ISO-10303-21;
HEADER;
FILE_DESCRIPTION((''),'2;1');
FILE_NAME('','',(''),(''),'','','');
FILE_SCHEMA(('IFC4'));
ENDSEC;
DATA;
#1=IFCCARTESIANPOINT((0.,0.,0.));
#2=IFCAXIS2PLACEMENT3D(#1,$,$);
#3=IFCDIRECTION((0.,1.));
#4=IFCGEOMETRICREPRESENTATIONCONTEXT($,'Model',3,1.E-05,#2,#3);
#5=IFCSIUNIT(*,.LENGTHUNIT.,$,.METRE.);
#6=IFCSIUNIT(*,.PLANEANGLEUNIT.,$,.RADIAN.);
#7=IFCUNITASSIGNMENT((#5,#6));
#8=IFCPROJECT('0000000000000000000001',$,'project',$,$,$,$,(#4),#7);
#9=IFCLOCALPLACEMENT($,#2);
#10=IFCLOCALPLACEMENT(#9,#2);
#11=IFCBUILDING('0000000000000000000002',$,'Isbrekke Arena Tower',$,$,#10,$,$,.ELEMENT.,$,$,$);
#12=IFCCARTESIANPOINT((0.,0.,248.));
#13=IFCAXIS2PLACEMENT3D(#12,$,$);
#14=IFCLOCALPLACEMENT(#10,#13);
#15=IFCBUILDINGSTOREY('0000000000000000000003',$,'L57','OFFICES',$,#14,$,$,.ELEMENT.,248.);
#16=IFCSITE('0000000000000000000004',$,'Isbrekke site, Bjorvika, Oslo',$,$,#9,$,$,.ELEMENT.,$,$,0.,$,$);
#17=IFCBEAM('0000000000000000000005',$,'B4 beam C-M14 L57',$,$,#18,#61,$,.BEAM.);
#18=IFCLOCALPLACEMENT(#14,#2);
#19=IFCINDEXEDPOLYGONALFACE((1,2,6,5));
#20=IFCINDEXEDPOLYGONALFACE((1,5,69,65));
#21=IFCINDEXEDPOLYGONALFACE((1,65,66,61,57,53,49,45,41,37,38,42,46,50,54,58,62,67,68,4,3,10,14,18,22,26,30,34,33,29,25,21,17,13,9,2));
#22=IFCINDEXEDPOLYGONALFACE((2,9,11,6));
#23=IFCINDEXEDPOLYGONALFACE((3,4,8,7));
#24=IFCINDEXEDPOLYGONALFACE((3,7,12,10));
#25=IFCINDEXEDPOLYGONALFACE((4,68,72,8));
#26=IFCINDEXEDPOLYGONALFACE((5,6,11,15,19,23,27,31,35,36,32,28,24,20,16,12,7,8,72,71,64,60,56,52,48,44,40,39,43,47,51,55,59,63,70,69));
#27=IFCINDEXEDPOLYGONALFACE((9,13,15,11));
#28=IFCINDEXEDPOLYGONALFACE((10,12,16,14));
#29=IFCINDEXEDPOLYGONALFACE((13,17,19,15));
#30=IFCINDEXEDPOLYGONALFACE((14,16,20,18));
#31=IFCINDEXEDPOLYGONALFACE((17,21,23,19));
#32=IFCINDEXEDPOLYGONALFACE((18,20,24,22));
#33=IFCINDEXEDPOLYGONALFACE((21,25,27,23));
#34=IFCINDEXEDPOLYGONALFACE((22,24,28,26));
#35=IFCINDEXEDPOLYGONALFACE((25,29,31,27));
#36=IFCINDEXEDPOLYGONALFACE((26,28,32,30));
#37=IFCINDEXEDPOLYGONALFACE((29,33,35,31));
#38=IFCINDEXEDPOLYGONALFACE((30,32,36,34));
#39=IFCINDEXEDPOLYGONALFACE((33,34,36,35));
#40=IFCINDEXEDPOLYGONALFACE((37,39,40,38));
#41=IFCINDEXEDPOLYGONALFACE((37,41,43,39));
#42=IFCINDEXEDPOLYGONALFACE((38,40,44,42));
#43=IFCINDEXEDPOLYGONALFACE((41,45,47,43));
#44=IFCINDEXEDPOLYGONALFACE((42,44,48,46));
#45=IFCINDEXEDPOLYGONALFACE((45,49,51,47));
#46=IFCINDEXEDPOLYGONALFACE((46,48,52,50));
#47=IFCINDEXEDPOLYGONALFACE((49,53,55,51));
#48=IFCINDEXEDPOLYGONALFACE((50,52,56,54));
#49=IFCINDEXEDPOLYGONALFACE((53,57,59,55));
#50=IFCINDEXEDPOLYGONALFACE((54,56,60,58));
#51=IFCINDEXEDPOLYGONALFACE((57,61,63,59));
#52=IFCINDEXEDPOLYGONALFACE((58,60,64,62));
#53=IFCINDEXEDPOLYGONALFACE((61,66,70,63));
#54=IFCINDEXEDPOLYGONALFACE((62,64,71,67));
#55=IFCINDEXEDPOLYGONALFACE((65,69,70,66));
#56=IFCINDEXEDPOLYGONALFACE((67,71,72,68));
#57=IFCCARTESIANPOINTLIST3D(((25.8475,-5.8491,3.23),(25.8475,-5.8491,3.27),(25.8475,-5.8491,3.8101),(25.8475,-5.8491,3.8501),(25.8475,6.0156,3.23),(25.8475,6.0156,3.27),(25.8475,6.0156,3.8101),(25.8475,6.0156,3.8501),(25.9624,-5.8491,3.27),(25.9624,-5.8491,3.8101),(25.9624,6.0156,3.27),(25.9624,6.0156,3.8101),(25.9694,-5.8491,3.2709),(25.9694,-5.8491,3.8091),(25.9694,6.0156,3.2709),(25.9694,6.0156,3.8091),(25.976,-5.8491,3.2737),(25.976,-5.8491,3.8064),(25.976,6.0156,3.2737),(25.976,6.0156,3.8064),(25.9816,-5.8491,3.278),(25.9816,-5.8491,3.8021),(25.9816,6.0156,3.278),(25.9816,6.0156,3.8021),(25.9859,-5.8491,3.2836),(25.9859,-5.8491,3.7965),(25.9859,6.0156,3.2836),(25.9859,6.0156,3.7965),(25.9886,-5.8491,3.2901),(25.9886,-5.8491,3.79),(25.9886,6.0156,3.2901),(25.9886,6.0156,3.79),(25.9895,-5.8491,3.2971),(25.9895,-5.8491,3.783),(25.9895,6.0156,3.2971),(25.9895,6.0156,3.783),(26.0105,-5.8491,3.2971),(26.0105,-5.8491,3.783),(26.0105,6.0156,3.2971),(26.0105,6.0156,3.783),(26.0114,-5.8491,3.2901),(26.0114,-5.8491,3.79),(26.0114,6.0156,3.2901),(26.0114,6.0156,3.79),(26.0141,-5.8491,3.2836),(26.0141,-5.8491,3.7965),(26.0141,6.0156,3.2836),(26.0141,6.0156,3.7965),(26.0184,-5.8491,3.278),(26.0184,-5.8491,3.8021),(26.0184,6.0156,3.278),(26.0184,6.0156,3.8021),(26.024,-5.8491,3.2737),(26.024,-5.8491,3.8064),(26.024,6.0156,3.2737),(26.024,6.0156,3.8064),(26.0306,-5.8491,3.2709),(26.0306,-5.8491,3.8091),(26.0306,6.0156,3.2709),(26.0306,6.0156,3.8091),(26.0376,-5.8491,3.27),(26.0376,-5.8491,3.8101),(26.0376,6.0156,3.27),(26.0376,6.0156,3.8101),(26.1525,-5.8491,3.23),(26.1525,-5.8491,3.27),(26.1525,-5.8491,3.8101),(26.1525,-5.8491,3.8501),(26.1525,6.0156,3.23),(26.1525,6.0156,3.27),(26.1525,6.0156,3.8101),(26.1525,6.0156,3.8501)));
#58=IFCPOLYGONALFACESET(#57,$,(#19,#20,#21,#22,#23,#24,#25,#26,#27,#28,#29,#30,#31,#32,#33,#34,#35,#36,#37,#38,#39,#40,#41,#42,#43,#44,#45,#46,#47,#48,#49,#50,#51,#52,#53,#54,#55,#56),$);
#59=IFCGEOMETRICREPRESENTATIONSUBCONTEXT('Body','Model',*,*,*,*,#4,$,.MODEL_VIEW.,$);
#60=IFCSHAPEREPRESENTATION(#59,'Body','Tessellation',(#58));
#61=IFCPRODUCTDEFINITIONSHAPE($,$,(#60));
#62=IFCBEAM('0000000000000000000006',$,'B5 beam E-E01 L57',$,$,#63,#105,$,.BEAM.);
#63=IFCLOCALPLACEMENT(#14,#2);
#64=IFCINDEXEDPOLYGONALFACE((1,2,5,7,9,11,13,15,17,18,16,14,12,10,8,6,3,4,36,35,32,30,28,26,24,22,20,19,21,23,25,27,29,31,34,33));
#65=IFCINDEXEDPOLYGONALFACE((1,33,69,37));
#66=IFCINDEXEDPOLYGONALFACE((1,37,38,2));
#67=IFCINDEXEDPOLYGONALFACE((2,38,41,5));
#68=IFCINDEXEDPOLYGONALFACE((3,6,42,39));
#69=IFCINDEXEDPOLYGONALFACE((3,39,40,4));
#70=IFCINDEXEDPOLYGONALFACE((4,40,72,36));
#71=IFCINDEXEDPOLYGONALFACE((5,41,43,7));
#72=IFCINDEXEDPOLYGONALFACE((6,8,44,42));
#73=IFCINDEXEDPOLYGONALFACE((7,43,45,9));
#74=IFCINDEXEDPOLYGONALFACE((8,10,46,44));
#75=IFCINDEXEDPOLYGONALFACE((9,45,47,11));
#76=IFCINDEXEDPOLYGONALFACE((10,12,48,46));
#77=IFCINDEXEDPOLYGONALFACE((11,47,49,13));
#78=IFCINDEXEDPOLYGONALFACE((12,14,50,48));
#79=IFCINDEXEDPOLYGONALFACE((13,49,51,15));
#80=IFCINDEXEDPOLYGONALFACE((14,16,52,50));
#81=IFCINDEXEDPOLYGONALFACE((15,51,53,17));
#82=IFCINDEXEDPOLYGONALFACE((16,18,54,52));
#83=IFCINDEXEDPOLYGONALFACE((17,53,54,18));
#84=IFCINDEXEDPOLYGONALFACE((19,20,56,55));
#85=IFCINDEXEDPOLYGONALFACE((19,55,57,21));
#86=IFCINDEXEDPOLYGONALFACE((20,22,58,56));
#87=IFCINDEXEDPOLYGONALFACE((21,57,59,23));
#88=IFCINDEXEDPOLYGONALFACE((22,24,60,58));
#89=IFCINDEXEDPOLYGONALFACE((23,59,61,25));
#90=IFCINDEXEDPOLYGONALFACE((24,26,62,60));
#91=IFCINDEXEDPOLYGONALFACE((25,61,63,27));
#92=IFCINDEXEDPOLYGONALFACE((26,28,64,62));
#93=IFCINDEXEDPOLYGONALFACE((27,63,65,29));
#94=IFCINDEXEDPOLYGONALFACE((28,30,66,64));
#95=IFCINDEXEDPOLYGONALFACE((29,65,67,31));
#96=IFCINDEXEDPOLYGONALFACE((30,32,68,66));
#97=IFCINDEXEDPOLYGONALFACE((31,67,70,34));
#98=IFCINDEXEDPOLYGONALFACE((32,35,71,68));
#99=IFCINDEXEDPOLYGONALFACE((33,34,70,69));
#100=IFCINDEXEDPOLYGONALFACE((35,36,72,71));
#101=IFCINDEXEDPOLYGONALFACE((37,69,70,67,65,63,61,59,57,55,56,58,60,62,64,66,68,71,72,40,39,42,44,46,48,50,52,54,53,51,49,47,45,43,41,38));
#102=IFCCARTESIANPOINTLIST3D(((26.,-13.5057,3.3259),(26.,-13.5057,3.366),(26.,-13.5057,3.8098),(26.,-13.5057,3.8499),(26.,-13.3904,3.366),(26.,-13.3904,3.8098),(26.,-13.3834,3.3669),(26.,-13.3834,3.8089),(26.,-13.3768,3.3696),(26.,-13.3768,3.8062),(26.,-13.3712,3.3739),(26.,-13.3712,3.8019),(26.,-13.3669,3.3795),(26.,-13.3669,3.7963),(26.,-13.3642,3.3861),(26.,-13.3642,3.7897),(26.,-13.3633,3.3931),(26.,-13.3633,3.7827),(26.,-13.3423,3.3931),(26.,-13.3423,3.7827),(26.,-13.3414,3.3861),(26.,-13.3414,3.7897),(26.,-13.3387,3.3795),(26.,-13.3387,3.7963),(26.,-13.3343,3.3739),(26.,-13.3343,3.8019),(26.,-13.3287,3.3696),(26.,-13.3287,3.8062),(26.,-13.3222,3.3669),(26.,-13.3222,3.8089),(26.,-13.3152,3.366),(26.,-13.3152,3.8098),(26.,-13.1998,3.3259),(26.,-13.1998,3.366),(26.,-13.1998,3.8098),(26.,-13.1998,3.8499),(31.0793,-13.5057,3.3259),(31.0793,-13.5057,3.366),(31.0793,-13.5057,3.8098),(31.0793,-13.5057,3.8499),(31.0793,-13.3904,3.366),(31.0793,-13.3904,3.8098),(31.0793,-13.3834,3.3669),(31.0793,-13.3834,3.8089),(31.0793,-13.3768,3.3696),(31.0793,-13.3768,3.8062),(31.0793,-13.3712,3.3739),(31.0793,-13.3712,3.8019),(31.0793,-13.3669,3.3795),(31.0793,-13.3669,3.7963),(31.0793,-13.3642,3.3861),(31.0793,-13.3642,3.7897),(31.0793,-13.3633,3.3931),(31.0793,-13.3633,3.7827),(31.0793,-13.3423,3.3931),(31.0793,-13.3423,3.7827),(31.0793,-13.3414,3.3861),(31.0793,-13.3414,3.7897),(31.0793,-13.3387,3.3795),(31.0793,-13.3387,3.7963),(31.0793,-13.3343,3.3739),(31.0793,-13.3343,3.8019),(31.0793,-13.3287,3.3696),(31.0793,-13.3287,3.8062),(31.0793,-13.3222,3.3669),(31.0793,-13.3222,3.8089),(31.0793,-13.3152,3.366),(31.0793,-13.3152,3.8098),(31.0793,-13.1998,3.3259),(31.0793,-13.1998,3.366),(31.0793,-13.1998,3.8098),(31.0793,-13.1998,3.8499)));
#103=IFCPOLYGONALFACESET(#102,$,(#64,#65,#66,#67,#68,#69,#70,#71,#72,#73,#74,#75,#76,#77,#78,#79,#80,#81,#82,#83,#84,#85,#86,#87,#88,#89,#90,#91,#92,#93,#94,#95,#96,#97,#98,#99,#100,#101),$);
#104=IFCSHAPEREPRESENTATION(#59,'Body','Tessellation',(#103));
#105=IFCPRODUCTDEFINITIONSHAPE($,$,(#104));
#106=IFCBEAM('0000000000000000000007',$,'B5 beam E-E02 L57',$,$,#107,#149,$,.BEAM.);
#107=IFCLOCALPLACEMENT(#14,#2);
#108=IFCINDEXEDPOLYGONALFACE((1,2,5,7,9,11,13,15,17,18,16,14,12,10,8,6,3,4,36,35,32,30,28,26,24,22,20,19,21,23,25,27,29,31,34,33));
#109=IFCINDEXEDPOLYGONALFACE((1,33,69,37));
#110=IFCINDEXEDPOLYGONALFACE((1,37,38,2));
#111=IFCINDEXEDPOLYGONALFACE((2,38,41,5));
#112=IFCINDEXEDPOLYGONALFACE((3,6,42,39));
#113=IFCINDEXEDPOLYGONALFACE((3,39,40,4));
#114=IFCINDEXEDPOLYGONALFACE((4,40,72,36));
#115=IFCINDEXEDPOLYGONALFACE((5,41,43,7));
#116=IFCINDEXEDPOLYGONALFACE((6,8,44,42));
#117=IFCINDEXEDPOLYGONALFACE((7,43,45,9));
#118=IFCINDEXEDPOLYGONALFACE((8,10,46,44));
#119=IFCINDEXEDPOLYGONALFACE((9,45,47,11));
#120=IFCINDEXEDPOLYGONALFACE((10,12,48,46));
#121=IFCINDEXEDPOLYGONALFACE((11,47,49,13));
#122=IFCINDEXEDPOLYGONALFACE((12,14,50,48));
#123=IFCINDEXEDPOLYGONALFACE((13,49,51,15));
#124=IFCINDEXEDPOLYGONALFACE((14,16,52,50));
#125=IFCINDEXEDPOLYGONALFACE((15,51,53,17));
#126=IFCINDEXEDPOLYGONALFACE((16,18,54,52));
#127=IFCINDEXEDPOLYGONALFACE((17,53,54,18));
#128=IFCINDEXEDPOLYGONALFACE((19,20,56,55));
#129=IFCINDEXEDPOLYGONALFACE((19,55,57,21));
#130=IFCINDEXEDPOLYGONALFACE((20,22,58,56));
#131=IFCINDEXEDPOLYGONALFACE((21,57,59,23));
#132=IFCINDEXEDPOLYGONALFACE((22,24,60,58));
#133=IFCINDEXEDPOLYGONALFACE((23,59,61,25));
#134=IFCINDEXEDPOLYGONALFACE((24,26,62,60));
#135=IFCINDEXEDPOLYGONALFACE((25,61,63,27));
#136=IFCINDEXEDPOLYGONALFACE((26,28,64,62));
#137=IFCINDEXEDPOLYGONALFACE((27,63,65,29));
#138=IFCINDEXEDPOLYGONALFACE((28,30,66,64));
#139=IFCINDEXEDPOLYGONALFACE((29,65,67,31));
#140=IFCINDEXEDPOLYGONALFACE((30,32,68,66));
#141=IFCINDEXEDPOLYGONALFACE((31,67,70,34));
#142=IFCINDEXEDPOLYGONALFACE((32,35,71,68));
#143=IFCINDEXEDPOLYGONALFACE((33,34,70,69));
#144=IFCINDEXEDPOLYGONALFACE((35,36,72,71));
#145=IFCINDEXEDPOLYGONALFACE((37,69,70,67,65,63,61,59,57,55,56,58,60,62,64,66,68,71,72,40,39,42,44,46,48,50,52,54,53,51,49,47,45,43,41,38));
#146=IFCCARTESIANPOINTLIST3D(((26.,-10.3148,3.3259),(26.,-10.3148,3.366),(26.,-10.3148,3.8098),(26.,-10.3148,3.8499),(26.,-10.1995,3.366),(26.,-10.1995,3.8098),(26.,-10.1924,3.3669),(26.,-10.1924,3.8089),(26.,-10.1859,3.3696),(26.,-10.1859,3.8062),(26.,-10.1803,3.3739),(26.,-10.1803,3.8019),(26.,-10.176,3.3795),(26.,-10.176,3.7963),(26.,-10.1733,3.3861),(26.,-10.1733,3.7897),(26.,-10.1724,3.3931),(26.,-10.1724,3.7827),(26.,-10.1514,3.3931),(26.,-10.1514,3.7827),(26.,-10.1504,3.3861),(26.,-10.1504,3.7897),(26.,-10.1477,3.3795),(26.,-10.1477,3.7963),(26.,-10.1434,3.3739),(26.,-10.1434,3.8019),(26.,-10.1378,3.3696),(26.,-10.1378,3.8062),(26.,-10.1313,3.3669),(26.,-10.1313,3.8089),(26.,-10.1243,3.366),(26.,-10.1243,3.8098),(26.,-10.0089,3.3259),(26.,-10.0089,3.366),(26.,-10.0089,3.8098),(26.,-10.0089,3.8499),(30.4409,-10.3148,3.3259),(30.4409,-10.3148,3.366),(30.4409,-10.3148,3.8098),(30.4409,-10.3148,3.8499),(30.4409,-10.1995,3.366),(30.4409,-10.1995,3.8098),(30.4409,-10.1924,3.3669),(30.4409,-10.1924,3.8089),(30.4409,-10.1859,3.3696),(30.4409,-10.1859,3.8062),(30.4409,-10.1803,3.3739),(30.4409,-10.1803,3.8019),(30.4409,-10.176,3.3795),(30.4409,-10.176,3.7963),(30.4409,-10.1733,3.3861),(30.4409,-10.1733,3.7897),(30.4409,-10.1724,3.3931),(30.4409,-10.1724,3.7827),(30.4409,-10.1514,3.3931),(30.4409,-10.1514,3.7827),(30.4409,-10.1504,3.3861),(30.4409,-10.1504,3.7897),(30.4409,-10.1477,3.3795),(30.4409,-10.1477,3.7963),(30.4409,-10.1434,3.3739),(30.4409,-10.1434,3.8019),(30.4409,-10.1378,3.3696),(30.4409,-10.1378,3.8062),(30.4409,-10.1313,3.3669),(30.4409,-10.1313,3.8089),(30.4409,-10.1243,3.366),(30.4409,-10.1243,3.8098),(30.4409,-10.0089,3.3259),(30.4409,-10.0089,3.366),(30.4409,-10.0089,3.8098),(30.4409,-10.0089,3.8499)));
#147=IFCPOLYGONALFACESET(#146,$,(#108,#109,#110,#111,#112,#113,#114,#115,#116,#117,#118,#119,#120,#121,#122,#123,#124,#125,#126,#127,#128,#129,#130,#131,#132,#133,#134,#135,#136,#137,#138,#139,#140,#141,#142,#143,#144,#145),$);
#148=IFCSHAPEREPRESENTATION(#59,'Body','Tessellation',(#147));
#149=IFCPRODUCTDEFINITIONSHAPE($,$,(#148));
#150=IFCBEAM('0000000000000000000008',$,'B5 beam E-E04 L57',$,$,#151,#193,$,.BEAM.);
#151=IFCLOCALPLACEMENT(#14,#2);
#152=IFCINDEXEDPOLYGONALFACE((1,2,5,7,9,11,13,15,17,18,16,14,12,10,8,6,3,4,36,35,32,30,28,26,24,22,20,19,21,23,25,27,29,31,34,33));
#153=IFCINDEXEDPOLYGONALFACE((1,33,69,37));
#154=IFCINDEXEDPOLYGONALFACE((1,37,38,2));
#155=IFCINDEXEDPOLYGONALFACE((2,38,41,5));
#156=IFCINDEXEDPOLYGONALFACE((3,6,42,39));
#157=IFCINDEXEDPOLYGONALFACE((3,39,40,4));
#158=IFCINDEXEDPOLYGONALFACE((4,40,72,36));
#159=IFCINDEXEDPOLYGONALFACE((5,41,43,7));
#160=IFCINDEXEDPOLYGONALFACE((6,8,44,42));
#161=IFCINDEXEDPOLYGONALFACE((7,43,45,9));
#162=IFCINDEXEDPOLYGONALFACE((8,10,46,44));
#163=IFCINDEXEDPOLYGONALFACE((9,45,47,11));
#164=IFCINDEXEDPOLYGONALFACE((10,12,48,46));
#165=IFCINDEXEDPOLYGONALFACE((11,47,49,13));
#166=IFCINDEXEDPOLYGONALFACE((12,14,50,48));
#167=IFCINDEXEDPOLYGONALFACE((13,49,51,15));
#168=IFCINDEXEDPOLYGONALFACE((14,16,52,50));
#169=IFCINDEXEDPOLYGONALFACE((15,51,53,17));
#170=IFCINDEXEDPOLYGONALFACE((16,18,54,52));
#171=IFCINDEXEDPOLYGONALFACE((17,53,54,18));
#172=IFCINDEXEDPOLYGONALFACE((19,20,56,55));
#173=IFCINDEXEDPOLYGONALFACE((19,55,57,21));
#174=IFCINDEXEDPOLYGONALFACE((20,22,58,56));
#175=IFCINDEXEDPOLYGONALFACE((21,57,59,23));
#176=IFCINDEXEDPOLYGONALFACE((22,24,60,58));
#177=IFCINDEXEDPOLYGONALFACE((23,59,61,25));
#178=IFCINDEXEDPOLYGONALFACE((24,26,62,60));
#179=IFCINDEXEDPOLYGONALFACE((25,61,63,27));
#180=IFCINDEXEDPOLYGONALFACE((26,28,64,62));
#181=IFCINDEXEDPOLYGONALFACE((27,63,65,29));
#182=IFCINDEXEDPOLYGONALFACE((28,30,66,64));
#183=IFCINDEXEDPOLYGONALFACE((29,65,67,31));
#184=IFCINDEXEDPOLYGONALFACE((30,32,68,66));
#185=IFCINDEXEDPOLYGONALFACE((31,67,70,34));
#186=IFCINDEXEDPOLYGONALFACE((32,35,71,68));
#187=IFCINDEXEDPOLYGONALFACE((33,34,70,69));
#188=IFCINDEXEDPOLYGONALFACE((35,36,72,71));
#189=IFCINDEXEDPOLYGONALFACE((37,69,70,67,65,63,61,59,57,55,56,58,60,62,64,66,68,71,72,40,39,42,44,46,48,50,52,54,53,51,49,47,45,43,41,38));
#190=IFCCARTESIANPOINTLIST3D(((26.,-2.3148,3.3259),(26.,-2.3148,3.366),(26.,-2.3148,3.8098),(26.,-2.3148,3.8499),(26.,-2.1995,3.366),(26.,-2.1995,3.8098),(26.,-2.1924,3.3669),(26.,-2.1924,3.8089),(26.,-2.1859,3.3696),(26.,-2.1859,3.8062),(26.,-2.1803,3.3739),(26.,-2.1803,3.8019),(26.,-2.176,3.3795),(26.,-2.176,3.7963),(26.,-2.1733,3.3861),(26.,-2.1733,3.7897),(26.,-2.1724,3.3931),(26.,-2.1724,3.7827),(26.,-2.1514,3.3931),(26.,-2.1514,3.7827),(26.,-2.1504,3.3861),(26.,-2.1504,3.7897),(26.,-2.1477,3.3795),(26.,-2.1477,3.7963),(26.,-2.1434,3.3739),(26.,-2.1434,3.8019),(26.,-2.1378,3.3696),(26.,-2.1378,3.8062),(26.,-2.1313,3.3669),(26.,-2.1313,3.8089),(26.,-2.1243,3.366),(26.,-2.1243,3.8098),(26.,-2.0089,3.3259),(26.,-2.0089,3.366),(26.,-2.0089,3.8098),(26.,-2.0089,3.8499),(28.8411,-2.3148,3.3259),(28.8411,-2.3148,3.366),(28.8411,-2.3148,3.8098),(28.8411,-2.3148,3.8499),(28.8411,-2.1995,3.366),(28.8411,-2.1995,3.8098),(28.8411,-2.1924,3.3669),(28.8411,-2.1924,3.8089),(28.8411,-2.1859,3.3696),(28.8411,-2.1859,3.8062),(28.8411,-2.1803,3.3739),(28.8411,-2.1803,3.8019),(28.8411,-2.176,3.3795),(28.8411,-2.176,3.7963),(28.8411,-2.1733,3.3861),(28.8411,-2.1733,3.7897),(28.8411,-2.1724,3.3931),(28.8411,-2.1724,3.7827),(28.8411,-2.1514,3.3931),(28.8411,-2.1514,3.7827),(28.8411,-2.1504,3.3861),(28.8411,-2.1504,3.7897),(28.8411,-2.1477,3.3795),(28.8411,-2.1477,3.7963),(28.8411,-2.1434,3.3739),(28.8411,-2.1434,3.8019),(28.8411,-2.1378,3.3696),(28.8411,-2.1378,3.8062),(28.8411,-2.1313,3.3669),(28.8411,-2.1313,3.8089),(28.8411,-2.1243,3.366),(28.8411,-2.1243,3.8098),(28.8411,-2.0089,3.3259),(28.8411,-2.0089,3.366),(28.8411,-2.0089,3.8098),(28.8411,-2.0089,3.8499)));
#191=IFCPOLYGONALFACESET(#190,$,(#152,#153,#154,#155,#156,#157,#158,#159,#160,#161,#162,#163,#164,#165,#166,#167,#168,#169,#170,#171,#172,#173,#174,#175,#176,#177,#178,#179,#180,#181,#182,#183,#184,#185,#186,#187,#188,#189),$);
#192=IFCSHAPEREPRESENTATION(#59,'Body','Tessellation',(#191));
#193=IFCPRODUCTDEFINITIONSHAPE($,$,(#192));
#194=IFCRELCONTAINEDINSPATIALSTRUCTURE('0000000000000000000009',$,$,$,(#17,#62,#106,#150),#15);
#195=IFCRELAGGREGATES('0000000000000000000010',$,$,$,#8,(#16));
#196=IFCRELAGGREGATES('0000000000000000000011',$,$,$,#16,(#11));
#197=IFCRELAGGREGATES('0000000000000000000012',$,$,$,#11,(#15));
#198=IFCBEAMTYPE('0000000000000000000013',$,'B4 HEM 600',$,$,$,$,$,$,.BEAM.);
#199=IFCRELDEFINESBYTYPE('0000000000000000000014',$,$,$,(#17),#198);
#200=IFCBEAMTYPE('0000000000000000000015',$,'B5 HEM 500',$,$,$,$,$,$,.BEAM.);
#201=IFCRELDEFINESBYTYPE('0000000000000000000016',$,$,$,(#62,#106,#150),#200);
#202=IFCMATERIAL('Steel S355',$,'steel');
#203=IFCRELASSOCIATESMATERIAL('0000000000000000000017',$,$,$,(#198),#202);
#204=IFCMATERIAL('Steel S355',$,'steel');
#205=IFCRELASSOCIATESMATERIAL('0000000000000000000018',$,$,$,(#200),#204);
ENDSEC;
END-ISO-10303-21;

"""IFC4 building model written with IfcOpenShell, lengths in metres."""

from ifc_helpers import new_model, si_unit, direction, frame, origin, origin_2d, place, context, subcontext, project, spatial, i_section, extrude, material, material_profile, profile_set, type_object, element, save


model = new_model("IFC4")

# Units and contexts
model_context = context("Model", 3, precision=1e-05, world=origin(), true_north=direction((0.0, 1.0)))
body_context = subcontext(model_context, "Body", "Model", "MODEL_VIEW")
ifc_project = project(units=[si_unit("LENGTHUNIT", "METRE"), si_unit("PLANEANGLEUNIT", "RADIAN")], contexts=[model_context])

# Site, building, storey
site_placement = place(None, origin())
site = spatial("IfcSite", under=ifc_project, at=site_placement, Name="Isbrekke site, Bjorvika, Oslo", CompositionType="ELEMENT", RefElevation=0.0)
building_placement = place(site_placement, origin())
building = spatial("IfcBuilding", under=site, at=building_placement, Name="Isbrekke Arena Tower", CompositionType="ELEMENT")
storey_placement = place(building_placement, frame((0.0, 0.0, 248.0)))
storey = spatial("IfcBuildingStorey", under=building, at=storey_placement, Name="L57", Description="OFFICES", CompositionType="ELEMENT", Elevation=248.0)

# Beams
ifc_material_1 = material(Name="Steel S355", Category="steel")
ifc_material_profile_1 = material_profile(ifc_material_1, i_section(OverallWidth=0.3049, OverallDepth=0.6201, WebThickness=0.021, FlangeThickness=0.04, FilletRadius=0.0271, at=origin_2d()), Name="HEM 600")
ifc_profile_set_1 = profile_set([ifc_material_profile_1], Name="Steel S355")
beam_type_1 = type_object("IfcBeamType", Name="B4 HEM 600", PredefinedType="BEAM", material=ifc_profile_set_1)
beam_1_placement = place(storey_placement, frame((26.0, -5.8491, 3.54), z_axis=(0.0, 1.0, 0.0), x_axis=(-1.0, 0.0, 0.0)))
element("IfcBeam", 1, at=beam_1_placement, inside=storey, type_object=beam_type_1, Name="B4 beam C-M14 L57", PredefinedType="BEAM", context=body_context, shape_type="SweptSolid", body=[
    extrude(i_section(OverallWidth=0.3049, OverallDepth=0.6201, WebThickness=0.021, FlangeThickness=0.04, FilletRadius=0.0271, at=origin_2d()), origin(), (0.0, 0.0, 1.0), 11.8647),
])
ifc_material_2 = material(Name="Steel S355", Category="steel")
ifc_material_profile_2 = material_profile(ifc_material_2, i_section(OverallWidth=0.3059, OverallDepth=0.5239, WebThickness=0.021, FlangeThickness=0.04, FilletRadius=0.0271, at=origin_2d()), Name="HEM 500")
ifc_profile_set_2 = profile_set([ifc_material_profile_2], Name="Steel S355")
beam_type_2 = type_object("IfcBeamType", Name="B5 HEM 500", PredefinedType="BEAM", material=ifc_profile_set_2)
beam_2_placement = place(storey_placement, frame((31.0793, -13.3528, 3.5879), z_axis=(-1.0, 0.0, 0.0), x_axis=(0.0, -1.0, 0.0)))
element("IfcBeam", 2, at=beam_2_placement, inside=storey, type_object=beam_type_2, Name="B5 beam E-E01 L57", PredefinedType="BEAM", context=body_context, shape_type="SweptSolid", body=[
    extrude(i_section(OverallWidth=0.3059, OverallDepth=0.5239, WebThickness=0.021, FlangeThickness=0.04, FilletRadius=0.0271, at=origin_2d()), origin(), (0.0, 0.0, 1.0), 5.0793),
])
beam_3_placement = place(storey_placement, frame((30.4409, -10.1619, 3.5879), z_axis=(-1.0, 0.0, 0.0), x_axis=(0.0, -1.0, 0.0)))
element("IfcBeam", 3, at=beam_3_placement, inside=storey, type_object=beam_type_2, Name="B5 beam E-E02 L57", PredefinedType="BEAM", context=body_context, shape_type="SweptSolid", body=[
    extrude(i_section(OverallWidth=0.3059, OverallDepth=0.5239, WebThickness=0.021, FlangeThickness=0.04, FilletRadius=0.0271, at=origin_2d()), origin(), (0.0, 0.0, 1.0), 4.4409),
])
beam_4_placement = place(storey_placement, frame((28.8411, -2.1619, 3.5879), z_axis=(-1.0, 0.0, 0.0), x_axis=(0.0, -1.0, 0.0)))
element("IfcBeam", 4, at=beam_4_placement, inside=storey, type_object=beam_type_2, Name="B5 beam E-E04 L57", PredefinedType="BEAM", context=body_context, shape_type="SweptSolid", body=[
    extrude(i_section(OverallWidth=0.3059, OverallDepth=0.5239, WebThickness=0.021, FlangeThickness=0.04, FilletRadius=0.0271, at=origin_2d()), origin(), (0.0, 0.0, 1.0), 2.8411),
])

save(model, "model.ifc")
